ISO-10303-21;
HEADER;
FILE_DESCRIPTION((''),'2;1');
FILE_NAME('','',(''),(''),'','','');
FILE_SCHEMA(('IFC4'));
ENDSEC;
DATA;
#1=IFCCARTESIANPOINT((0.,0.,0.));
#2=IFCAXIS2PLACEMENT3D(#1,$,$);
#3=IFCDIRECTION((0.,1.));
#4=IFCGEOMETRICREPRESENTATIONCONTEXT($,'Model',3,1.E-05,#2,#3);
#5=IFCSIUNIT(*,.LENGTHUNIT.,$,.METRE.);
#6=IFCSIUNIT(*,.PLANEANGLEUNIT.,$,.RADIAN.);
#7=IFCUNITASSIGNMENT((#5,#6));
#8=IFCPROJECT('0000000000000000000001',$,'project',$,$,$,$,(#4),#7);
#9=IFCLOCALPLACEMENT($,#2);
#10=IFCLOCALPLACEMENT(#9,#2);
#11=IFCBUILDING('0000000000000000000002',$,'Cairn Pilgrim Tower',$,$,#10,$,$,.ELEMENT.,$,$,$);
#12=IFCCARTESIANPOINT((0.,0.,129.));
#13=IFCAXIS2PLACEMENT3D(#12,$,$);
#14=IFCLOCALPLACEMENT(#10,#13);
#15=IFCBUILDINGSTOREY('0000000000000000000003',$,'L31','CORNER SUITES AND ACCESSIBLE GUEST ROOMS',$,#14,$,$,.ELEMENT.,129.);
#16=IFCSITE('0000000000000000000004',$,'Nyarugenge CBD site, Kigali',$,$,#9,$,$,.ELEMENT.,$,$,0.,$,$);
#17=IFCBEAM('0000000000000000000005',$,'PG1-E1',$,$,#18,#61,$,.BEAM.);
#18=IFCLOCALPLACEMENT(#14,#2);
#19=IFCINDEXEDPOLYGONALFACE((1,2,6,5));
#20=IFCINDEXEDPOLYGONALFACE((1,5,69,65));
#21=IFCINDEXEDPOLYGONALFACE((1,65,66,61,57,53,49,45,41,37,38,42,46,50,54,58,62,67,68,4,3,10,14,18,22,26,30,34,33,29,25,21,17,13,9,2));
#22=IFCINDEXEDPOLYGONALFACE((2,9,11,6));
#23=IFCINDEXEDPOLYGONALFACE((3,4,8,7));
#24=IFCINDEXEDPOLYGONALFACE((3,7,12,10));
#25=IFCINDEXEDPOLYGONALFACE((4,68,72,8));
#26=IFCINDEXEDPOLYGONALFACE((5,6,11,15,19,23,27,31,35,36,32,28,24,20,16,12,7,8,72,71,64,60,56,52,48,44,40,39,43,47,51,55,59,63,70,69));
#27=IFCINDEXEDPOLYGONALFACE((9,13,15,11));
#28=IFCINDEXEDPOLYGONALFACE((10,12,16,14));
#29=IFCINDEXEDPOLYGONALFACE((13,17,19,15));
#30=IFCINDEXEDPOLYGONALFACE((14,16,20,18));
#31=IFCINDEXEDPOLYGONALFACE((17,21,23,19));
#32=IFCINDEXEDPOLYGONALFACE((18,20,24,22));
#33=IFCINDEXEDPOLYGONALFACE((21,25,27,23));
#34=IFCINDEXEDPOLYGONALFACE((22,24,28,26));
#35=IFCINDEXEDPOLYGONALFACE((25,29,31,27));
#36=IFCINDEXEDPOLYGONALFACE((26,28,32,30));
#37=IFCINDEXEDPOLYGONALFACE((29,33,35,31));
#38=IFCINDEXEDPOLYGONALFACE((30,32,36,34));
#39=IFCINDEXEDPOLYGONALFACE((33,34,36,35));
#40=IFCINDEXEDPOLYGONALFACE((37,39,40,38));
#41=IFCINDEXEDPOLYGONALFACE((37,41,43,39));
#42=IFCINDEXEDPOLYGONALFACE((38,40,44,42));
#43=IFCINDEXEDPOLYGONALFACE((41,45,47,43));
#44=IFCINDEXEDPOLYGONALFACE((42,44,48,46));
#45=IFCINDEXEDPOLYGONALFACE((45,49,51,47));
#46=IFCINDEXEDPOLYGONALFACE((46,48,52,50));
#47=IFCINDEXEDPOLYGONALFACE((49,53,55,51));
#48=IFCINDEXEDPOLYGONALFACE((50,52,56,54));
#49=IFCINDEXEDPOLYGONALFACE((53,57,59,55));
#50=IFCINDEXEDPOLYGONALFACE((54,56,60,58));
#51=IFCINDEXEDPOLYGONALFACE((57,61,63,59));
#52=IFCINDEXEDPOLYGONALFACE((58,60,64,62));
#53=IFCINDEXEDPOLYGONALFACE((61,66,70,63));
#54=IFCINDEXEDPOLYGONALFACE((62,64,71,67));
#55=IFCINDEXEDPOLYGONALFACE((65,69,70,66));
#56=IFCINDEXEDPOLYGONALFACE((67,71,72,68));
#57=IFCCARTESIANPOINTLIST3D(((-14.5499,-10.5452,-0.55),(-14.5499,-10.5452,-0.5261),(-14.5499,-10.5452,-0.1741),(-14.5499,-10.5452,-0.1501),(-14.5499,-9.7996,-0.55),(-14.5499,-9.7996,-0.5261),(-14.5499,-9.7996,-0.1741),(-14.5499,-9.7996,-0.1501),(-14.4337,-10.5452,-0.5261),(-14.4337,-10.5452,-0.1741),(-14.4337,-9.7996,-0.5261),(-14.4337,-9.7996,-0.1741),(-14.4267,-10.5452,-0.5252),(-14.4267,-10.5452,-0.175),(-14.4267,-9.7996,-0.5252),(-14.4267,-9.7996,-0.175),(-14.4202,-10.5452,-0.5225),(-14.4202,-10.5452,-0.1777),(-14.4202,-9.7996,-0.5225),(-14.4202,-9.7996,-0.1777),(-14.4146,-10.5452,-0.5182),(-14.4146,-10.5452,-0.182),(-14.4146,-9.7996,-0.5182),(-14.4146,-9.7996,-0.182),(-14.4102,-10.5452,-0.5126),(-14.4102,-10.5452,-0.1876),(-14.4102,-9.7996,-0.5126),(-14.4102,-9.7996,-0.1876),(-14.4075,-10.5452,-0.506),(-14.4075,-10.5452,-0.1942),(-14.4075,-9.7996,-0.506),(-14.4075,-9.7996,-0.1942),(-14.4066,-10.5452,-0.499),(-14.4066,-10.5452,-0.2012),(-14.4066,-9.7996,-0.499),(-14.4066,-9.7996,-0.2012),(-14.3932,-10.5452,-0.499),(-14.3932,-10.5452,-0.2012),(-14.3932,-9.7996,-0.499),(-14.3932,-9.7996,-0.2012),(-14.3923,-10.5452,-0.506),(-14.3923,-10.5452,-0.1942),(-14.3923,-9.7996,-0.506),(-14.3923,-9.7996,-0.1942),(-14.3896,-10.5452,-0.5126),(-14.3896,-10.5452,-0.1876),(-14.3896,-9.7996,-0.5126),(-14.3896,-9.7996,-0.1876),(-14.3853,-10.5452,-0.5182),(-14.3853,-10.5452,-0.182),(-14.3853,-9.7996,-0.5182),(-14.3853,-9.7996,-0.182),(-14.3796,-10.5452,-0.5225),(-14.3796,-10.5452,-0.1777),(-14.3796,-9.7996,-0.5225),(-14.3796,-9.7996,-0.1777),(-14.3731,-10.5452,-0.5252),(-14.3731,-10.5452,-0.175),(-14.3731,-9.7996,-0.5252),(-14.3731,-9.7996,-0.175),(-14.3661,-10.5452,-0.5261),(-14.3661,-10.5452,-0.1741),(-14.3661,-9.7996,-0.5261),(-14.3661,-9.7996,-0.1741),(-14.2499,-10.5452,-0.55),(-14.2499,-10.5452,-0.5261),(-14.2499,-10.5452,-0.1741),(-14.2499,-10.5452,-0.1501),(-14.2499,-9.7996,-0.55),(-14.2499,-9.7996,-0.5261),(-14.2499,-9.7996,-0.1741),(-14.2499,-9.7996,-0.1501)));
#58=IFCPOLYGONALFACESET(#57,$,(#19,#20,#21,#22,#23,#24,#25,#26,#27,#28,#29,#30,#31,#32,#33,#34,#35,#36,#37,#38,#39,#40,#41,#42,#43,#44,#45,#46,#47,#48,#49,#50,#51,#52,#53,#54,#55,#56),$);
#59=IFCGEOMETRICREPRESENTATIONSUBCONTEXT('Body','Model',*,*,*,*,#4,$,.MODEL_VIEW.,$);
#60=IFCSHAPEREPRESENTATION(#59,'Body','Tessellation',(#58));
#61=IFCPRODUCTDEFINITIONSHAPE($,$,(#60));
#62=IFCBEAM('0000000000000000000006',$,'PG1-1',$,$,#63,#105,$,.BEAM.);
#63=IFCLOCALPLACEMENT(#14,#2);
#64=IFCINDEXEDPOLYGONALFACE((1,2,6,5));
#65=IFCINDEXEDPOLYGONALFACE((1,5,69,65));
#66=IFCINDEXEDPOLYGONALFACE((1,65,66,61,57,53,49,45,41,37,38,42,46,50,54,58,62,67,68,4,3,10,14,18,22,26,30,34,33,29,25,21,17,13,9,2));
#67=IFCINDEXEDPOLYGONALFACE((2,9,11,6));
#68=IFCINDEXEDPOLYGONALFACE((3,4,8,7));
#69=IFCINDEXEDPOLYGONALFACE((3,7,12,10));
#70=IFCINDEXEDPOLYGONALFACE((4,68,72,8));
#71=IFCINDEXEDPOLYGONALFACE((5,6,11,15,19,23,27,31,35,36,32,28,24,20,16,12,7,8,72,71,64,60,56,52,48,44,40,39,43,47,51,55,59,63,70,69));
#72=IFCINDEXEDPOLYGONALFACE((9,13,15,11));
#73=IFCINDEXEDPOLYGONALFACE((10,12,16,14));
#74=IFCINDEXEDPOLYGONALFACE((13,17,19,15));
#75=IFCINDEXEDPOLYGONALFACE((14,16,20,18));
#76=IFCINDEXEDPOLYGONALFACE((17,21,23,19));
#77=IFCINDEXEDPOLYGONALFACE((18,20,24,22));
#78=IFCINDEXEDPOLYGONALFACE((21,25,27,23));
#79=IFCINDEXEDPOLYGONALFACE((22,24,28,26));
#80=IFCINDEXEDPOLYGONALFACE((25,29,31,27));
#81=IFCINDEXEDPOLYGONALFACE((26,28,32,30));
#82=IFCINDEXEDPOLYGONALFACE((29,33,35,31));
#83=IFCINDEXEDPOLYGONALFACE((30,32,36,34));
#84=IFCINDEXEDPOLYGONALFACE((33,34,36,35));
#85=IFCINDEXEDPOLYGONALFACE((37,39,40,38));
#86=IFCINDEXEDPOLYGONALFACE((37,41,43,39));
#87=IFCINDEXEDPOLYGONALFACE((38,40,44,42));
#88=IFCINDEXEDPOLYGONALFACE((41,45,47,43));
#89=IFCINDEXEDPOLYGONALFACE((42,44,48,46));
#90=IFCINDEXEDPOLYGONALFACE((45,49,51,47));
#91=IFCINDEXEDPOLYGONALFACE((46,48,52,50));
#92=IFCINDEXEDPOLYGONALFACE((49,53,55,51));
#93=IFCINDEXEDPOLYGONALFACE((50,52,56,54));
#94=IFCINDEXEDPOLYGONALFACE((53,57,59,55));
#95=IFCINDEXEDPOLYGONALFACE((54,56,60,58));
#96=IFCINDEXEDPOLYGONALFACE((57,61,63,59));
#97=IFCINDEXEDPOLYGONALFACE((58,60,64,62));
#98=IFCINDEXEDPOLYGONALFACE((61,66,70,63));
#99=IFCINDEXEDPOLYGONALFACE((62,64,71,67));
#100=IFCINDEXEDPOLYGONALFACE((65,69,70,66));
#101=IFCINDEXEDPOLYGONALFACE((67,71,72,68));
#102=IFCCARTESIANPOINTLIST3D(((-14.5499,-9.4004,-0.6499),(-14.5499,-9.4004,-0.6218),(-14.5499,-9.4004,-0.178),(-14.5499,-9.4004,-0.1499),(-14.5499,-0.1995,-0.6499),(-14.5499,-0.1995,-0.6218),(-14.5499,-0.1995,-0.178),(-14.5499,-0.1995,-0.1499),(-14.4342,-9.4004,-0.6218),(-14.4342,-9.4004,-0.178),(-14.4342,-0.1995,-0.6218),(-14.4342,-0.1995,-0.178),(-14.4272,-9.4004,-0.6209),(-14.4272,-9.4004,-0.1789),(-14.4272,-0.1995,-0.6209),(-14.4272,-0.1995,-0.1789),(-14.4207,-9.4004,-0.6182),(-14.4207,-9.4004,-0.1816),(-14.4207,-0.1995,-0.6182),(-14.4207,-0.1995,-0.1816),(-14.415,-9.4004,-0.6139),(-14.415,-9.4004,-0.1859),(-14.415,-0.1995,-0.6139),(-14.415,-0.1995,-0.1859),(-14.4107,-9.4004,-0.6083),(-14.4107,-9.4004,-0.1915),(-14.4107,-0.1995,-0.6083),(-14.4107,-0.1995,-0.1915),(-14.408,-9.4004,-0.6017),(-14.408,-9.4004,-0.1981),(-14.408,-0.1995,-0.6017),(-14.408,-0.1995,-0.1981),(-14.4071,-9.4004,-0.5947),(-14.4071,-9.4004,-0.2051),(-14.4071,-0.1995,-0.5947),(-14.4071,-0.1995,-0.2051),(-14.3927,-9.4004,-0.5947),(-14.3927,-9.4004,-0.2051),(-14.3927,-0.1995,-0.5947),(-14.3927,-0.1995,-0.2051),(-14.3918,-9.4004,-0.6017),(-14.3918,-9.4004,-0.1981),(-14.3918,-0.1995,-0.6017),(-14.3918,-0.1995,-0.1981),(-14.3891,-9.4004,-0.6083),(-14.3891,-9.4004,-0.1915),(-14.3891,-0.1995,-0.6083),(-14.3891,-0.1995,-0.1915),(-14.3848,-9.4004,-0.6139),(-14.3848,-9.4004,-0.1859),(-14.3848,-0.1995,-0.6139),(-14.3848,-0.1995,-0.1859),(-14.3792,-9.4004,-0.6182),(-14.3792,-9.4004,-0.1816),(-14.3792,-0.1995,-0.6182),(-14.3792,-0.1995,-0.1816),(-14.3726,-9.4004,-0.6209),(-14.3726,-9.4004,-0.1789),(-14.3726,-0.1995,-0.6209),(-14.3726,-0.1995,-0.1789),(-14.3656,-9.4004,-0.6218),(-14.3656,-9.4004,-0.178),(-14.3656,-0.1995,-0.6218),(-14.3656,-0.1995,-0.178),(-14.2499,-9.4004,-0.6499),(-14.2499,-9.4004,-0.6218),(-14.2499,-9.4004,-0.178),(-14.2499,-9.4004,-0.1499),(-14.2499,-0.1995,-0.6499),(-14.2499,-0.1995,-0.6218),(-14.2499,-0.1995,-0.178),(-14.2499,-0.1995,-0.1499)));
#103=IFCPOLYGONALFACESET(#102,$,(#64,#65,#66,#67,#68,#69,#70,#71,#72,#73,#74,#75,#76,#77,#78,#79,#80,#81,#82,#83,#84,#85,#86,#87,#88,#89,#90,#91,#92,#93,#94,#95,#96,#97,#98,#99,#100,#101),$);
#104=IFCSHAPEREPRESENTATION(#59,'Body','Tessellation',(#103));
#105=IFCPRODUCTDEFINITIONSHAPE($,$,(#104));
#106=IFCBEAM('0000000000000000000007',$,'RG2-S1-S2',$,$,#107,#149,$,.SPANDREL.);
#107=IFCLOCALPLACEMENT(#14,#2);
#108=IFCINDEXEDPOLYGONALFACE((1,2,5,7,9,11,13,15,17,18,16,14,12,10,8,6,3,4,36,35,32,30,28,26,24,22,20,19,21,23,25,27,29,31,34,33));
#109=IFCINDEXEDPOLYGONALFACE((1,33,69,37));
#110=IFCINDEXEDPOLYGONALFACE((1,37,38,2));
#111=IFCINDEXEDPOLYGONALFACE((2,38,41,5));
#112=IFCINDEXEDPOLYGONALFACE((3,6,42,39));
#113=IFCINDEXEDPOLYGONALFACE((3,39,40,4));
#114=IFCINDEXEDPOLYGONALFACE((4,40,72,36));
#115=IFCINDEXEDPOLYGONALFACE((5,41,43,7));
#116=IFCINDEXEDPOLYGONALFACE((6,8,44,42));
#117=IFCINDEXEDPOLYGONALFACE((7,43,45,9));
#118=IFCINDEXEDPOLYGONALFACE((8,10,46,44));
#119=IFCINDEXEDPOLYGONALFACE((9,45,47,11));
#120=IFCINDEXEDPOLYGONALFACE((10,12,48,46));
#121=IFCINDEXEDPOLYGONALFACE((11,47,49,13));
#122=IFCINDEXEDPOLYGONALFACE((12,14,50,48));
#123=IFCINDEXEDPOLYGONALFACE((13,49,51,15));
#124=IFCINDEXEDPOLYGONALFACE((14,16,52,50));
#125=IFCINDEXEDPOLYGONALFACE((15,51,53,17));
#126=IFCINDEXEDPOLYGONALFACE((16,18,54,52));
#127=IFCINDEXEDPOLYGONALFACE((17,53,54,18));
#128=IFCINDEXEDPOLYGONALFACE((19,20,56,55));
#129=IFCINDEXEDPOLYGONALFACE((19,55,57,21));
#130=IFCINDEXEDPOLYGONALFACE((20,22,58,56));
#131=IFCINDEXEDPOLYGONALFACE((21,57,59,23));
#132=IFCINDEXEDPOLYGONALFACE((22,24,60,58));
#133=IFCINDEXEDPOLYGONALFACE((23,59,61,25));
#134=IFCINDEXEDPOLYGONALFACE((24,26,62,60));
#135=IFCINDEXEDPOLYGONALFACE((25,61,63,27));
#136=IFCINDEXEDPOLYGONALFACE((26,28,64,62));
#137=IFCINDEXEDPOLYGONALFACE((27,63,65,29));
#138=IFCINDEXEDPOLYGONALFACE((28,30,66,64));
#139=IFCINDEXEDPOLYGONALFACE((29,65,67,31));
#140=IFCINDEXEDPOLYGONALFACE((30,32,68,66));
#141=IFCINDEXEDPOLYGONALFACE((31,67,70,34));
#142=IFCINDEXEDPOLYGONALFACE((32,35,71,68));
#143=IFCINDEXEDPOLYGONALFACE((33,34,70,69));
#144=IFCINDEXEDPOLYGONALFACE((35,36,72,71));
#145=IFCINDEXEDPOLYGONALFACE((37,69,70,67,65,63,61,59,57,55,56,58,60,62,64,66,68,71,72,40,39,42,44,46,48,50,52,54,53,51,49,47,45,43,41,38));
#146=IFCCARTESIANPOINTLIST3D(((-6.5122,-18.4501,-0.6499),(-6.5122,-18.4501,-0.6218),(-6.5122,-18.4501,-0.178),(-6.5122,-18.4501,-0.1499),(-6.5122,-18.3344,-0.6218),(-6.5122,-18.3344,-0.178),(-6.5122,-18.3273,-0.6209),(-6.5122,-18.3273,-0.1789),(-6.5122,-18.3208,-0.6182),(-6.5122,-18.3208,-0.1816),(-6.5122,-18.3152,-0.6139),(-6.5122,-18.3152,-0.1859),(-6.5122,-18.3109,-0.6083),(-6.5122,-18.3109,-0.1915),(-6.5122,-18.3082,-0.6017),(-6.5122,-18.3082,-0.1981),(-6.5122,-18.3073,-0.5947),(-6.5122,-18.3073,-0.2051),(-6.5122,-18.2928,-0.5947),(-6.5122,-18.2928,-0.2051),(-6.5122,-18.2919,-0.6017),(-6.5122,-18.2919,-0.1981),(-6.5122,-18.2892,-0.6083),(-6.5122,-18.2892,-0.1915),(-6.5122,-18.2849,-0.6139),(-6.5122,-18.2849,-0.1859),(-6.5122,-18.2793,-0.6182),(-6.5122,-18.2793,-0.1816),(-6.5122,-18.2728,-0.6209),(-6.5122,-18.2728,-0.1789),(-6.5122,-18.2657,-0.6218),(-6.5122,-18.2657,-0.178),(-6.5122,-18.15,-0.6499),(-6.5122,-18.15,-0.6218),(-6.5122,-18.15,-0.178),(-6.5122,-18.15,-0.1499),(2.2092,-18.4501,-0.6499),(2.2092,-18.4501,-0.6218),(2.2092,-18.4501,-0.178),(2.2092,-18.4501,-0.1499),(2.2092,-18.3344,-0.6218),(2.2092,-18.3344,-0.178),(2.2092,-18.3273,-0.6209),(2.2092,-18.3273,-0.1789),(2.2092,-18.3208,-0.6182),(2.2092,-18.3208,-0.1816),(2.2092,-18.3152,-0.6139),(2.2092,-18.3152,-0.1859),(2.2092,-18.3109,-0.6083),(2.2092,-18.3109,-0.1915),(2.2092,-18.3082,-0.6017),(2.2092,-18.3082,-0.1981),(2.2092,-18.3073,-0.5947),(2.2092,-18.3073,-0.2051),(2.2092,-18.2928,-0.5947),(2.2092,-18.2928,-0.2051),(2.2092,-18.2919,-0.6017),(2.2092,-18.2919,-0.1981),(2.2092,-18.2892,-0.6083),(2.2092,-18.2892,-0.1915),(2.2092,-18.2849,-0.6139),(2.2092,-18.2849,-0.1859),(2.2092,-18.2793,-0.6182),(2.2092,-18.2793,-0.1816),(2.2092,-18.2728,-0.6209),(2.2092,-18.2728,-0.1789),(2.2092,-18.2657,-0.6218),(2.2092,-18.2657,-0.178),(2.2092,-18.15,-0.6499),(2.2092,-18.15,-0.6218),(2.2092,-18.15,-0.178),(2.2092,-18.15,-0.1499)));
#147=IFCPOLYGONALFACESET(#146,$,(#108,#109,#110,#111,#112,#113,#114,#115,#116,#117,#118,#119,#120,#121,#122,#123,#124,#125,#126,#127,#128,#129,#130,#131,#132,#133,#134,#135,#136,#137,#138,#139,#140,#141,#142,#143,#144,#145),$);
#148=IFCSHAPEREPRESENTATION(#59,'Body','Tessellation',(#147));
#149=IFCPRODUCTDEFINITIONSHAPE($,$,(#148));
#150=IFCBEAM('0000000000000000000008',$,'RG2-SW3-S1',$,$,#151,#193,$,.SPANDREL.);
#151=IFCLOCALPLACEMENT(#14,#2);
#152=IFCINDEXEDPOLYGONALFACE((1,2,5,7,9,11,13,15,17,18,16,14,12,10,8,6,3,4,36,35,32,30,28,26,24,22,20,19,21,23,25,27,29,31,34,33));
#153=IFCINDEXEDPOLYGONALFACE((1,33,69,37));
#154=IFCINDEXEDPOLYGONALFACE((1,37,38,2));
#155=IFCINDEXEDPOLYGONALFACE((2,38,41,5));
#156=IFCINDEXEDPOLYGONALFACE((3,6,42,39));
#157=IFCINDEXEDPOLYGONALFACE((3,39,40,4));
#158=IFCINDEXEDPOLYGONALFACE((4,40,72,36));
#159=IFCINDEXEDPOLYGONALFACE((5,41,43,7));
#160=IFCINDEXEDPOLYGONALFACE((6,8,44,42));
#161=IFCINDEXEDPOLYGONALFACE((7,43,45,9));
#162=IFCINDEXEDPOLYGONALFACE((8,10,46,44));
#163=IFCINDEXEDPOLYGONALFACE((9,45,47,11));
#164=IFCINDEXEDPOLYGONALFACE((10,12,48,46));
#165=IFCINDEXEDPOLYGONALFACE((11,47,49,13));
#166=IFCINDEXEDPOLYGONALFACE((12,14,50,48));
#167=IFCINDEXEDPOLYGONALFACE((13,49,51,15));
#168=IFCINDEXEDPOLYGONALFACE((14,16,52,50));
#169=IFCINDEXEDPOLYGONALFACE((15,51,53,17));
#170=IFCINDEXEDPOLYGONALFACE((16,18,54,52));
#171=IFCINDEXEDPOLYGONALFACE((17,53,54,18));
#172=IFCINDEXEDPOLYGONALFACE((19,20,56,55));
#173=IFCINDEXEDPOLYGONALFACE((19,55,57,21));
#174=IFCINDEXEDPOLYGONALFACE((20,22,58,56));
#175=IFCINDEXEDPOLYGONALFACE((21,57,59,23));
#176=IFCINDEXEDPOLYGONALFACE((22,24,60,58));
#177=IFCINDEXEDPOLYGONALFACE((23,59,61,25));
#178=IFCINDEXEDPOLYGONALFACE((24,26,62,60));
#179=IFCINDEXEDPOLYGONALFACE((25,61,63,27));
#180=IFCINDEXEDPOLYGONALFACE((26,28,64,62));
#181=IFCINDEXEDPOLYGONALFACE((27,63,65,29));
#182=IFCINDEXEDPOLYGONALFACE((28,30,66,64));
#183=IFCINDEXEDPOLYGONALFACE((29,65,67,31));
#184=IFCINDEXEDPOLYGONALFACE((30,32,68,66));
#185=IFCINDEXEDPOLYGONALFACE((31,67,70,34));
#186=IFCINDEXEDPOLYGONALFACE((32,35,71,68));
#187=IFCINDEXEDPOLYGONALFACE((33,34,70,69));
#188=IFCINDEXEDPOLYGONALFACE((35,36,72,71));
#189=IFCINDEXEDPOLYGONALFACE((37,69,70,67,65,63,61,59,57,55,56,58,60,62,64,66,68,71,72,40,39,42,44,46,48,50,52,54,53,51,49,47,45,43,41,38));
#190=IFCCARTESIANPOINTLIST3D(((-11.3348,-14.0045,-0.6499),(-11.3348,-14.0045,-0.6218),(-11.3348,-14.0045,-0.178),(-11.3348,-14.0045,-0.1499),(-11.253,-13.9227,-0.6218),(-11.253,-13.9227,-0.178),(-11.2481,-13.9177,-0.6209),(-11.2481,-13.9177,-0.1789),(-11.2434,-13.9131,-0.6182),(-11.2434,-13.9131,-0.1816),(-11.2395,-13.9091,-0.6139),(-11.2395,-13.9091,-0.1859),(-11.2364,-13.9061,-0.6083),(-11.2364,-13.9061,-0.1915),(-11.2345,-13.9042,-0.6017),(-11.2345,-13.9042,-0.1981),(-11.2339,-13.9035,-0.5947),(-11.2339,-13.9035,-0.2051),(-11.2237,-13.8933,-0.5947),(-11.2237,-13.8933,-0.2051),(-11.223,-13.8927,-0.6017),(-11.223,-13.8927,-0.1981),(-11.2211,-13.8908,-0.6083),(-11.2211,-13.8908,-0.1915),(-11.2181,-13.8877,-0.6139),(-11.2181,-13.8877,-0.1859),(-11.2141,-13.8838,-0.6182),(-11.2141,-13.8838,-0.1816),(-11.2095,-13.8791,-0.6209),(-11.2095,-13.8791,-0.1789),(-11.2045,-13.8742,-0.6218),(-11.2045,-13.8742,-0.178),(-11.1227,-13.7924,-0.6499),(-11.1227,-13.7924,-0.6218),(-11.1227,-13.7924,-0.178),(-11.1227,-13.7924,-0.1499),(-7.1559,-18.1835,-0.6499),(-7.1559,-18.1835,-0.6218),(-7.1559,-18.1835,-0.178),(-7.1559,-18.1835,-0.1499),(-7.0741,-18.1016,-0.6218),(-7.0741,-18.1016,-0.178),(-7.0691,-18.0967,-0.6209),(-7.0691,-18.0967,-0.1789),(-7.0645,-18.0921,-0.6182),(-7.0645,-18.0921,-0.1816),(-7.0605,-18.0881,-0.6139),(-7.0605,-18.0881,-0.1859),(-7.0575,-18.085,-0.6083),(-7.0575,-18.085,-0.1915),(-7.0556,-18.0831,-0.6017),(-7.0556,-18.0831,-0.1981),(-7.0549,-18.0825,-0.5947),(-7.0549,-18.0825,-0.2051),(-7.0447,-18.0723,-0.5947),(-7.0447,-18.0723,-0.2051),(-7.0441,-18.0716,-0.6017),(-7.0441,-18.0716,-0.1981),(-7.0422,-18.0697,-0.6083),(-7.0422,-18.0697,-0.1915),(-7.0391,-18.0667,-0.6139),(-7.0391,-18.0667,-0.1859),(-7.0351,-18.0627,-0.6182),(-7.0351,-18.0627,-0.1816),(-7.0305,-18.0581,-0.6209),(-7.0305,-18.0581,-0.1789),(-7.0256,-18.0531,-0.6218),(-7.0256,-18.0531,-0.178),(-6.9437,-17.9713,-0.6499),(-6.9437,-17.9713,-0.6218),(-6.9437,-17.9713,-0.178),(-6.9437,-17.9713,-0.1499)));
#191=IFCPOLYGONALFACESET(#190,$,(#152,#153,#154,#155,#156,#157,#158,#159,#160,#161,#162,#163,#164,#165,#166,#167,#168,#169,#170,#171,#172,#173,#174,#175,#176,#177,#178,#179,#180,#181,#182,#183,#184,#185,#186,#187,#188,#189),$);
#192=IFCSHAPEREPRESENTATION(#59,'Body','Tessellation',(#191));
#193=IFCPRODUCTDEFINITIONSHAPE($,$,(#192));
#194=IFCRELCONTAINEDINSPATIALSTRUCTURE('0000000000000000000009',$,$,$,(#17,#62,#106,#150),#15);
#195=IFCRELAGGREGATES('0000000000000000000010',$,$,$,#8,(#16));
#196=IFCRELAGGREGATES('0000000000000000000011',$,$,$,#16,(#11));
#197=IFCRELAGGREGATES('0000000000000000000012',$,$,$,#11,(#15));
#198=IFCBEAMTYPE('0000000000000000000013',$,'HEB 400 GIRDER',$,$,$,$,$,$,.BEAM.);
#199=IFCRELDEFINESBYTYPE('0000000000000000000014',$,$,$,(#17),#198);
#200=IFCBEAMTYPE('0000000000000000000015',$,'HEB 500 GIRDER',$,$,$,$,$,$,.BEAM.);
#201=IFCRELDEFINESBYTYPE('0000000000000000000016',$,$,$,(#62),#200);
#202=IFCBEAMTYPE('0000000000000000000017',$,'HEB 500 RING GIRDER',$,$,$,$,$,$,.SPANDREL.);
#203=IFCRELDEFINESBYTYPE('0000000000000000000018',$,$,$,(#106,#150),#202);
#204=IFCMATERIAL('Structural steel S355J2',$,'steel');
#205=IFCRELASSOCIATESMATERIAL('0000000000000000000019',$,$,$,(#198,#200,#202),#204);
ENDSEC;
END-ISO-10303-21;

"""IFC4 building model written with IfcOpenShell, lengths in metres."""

from ifc_helpers import new_model, si_unit, direction, frame, origin, origin_2d, place, context, subcontext, project, spatial, i_section, extrude, material, material_profile, profile_set, type_object, element, save


model = new_model("IFC4")

# Units and contexts
model_context = context("Model", 3, precision=1e-05, world=origin(), true_north=direction((0.0, 1.0)))
body_context = subcontext(model_context, "Body", "Model", "MODEL_VIEW")
ifc_project = project(units=[si_unit("LENGTHUNIT", "METRE"), si_unit("PLANEANGLEUNIT", "RADIAN")], contexts=[model_context])

# Site, building, storey
site_placement = place(None, origin())
site = spatial("IfcSite", under=ifc_project, at=site_placement, Name="Nyarugenge CBD site, Kigali", CompositionType="ELEMENT", RefElevation=0.0)
building_placement = place(site_placement, origin())
building = spatial("IfcBuilding", under=site, at=building_placement, Name="Cairn Pilgrim Tower", CompositionType="ELEMENT")
storey_placement = place(building_placement, frame((0.0, 0.0, 129.0)))
storey = spatial("IfcBuildingStorey", under=building, at=storey_placement, Name="L31", Description="CORNER SUITES AND ACCESSIBLE GUEST ROOMS", CompositionType="ELEMENT", Elevation=129.0)

# Shared definitions
ifc_material_1 = material(Name="Structural steel S355J2", Category="steel")

# Beams
ifc_material_profile_1 = material_profile(ifc_material_1, i_section(OverallWidth=0.3, OverallDepth=0.3999, WebThickness=0.0134, FlangeThickness=0.0239, FilletRadius=0.0271, at=origin_2d()), Name="HEB 400")
ifc_profile_set_1 = profile_set([ifc_material_profile_1], Name="Structural steel S355J2")
beam_type_1 = type_object("IfcBeamType", Name="HEB 400 GIRDER", PredefinedType="BEAM", material=ifc_profile_set_1)
beam_1_placement = place(storey_placement, frame((-14.3999, -10.5452, -0.3501), z_axis=(0.0, 1.0, 0.0), x_axis=(-1.0, 0.0, 0.0)))
element("IfcBeam", 1, at=beam_1_placement, inside=storey, type_object=beam_type_1, Name="PG1-E1", PredefinedType="BEAM", context=body_context, shape_type="SweptSolid", body=[
    extrude(i_section(OverallWidth=0.3, OverallDepth=0.3999, WebThickness=0.0134, FlangeThickness=0.0239, FilletRadius=0.0271, at=origin_2d()), origin(), (0.0, 0.0, 1.0), 0.7456),
])
ifc_material_profile_2 = material_profile(ifc_material_1, i_section(OverallWidth=0.3, OverallDepth=0.5, WebThickness=0.0144, FlangeThickness=0.0281, FilletRadius=0.0271, at=origin_2d()), Name="HEB 500")
ifc_profile_set_2 = profile_set([ifc_material_profile_2], Name="Structural steel S355J2")
beam_type_2 = type_object("IfcBeamType", Name="HEB 500 GIRDER", PredefinedType="BEAM", material=ifc_profile_set_2)
beam_2_placement = place(storey_placement, frame((-14.3999, -9.4004, -0.3999), z_axis=(0.0, 1.0, 0.0), x_axis=(-1.0, 0.0, 0.0)))
element("IfcBeam", 2, at=beam_2_placement, inside=storey, type_object=beam_type_2, Name="PG1-1", PredefinedType="BEAM", context=body_context, shape_type="SweptSolid", body=[
    extrude(i_section(OverallWidth=0.3, OverallDepth=0.5, WebThickness=0.0144, FlangeThickness=0.0281, FilletRadius=0.0271, at=origin_2d()), origin(), (0.0, 0.0, 1.0), 9.2009),
])
ifc_material_profile_3 = material_profile(ifc_material_1, i_section(OverallWidth=0.3, OverallDepth=0.5, WebThickness=0.0144, FlangeThickness=0.0281, FilletRadius=0.0271, at=origin_2d()), Name="HEB 500")
ifc_profile_set_3 = profile_set([ifc_material_profile_3], Name="Structural steel S355J2")
beam_type_3 = type_object("IfcBeamType", Name="HEB 500 RING GIRDER", PredefinedType="SPANDREL", material=ifc_profile_set_3)
beam_3_placement = place(storey_placement, frame((-6.5122, -18.3, -0.3999), z_axis=(1.0, 0.0, 0.0), x_axis=(0.0, 1.0, 0.0)))
element("IfcBeam", 3, at=beam_3_placement, inside=storey, type_object=beam_type_3, Name="RG2-S1-S2", PredefinedType="SPANDREL", context=body_context, shape_type="SweptSolid", body=[
    extrude(i_section(OverallWidth=0.3, OverallDepth=0.5, WebThickness=0.0144, FlangeThickness=0.0281, FilletRadius=0.0271, at=origin_2d()), origin(), (0.0, 0.0, 1.0), 8.7214),
])
beam_4_placement = place(storey_placement, frame((-11.2288, -13.8984, -0.3999), z_axis=(0.707107, -0.707107, 0.0), x_axis=(0.707107, 0.707107, 0.0)))
element("IfcBeam", 4, at=beam_4_placement, inside=storey, type_object=beam_type_3, Name="RG2-SW3-S1", PredefinedType="SPANDREL", context=body_context, shape_type="SweptSolid", body=[
    extrude(i_section(OverallWidth=0.3, OverallDepth=0.5, WebThickness=0.0144, FlangeThickness=0.0281, FilletRadius=0.0271, at=origin_2d()), origin(), (0.0, 0.0, 1.0), 5.9099),
])

save(model, "model.ifc")
